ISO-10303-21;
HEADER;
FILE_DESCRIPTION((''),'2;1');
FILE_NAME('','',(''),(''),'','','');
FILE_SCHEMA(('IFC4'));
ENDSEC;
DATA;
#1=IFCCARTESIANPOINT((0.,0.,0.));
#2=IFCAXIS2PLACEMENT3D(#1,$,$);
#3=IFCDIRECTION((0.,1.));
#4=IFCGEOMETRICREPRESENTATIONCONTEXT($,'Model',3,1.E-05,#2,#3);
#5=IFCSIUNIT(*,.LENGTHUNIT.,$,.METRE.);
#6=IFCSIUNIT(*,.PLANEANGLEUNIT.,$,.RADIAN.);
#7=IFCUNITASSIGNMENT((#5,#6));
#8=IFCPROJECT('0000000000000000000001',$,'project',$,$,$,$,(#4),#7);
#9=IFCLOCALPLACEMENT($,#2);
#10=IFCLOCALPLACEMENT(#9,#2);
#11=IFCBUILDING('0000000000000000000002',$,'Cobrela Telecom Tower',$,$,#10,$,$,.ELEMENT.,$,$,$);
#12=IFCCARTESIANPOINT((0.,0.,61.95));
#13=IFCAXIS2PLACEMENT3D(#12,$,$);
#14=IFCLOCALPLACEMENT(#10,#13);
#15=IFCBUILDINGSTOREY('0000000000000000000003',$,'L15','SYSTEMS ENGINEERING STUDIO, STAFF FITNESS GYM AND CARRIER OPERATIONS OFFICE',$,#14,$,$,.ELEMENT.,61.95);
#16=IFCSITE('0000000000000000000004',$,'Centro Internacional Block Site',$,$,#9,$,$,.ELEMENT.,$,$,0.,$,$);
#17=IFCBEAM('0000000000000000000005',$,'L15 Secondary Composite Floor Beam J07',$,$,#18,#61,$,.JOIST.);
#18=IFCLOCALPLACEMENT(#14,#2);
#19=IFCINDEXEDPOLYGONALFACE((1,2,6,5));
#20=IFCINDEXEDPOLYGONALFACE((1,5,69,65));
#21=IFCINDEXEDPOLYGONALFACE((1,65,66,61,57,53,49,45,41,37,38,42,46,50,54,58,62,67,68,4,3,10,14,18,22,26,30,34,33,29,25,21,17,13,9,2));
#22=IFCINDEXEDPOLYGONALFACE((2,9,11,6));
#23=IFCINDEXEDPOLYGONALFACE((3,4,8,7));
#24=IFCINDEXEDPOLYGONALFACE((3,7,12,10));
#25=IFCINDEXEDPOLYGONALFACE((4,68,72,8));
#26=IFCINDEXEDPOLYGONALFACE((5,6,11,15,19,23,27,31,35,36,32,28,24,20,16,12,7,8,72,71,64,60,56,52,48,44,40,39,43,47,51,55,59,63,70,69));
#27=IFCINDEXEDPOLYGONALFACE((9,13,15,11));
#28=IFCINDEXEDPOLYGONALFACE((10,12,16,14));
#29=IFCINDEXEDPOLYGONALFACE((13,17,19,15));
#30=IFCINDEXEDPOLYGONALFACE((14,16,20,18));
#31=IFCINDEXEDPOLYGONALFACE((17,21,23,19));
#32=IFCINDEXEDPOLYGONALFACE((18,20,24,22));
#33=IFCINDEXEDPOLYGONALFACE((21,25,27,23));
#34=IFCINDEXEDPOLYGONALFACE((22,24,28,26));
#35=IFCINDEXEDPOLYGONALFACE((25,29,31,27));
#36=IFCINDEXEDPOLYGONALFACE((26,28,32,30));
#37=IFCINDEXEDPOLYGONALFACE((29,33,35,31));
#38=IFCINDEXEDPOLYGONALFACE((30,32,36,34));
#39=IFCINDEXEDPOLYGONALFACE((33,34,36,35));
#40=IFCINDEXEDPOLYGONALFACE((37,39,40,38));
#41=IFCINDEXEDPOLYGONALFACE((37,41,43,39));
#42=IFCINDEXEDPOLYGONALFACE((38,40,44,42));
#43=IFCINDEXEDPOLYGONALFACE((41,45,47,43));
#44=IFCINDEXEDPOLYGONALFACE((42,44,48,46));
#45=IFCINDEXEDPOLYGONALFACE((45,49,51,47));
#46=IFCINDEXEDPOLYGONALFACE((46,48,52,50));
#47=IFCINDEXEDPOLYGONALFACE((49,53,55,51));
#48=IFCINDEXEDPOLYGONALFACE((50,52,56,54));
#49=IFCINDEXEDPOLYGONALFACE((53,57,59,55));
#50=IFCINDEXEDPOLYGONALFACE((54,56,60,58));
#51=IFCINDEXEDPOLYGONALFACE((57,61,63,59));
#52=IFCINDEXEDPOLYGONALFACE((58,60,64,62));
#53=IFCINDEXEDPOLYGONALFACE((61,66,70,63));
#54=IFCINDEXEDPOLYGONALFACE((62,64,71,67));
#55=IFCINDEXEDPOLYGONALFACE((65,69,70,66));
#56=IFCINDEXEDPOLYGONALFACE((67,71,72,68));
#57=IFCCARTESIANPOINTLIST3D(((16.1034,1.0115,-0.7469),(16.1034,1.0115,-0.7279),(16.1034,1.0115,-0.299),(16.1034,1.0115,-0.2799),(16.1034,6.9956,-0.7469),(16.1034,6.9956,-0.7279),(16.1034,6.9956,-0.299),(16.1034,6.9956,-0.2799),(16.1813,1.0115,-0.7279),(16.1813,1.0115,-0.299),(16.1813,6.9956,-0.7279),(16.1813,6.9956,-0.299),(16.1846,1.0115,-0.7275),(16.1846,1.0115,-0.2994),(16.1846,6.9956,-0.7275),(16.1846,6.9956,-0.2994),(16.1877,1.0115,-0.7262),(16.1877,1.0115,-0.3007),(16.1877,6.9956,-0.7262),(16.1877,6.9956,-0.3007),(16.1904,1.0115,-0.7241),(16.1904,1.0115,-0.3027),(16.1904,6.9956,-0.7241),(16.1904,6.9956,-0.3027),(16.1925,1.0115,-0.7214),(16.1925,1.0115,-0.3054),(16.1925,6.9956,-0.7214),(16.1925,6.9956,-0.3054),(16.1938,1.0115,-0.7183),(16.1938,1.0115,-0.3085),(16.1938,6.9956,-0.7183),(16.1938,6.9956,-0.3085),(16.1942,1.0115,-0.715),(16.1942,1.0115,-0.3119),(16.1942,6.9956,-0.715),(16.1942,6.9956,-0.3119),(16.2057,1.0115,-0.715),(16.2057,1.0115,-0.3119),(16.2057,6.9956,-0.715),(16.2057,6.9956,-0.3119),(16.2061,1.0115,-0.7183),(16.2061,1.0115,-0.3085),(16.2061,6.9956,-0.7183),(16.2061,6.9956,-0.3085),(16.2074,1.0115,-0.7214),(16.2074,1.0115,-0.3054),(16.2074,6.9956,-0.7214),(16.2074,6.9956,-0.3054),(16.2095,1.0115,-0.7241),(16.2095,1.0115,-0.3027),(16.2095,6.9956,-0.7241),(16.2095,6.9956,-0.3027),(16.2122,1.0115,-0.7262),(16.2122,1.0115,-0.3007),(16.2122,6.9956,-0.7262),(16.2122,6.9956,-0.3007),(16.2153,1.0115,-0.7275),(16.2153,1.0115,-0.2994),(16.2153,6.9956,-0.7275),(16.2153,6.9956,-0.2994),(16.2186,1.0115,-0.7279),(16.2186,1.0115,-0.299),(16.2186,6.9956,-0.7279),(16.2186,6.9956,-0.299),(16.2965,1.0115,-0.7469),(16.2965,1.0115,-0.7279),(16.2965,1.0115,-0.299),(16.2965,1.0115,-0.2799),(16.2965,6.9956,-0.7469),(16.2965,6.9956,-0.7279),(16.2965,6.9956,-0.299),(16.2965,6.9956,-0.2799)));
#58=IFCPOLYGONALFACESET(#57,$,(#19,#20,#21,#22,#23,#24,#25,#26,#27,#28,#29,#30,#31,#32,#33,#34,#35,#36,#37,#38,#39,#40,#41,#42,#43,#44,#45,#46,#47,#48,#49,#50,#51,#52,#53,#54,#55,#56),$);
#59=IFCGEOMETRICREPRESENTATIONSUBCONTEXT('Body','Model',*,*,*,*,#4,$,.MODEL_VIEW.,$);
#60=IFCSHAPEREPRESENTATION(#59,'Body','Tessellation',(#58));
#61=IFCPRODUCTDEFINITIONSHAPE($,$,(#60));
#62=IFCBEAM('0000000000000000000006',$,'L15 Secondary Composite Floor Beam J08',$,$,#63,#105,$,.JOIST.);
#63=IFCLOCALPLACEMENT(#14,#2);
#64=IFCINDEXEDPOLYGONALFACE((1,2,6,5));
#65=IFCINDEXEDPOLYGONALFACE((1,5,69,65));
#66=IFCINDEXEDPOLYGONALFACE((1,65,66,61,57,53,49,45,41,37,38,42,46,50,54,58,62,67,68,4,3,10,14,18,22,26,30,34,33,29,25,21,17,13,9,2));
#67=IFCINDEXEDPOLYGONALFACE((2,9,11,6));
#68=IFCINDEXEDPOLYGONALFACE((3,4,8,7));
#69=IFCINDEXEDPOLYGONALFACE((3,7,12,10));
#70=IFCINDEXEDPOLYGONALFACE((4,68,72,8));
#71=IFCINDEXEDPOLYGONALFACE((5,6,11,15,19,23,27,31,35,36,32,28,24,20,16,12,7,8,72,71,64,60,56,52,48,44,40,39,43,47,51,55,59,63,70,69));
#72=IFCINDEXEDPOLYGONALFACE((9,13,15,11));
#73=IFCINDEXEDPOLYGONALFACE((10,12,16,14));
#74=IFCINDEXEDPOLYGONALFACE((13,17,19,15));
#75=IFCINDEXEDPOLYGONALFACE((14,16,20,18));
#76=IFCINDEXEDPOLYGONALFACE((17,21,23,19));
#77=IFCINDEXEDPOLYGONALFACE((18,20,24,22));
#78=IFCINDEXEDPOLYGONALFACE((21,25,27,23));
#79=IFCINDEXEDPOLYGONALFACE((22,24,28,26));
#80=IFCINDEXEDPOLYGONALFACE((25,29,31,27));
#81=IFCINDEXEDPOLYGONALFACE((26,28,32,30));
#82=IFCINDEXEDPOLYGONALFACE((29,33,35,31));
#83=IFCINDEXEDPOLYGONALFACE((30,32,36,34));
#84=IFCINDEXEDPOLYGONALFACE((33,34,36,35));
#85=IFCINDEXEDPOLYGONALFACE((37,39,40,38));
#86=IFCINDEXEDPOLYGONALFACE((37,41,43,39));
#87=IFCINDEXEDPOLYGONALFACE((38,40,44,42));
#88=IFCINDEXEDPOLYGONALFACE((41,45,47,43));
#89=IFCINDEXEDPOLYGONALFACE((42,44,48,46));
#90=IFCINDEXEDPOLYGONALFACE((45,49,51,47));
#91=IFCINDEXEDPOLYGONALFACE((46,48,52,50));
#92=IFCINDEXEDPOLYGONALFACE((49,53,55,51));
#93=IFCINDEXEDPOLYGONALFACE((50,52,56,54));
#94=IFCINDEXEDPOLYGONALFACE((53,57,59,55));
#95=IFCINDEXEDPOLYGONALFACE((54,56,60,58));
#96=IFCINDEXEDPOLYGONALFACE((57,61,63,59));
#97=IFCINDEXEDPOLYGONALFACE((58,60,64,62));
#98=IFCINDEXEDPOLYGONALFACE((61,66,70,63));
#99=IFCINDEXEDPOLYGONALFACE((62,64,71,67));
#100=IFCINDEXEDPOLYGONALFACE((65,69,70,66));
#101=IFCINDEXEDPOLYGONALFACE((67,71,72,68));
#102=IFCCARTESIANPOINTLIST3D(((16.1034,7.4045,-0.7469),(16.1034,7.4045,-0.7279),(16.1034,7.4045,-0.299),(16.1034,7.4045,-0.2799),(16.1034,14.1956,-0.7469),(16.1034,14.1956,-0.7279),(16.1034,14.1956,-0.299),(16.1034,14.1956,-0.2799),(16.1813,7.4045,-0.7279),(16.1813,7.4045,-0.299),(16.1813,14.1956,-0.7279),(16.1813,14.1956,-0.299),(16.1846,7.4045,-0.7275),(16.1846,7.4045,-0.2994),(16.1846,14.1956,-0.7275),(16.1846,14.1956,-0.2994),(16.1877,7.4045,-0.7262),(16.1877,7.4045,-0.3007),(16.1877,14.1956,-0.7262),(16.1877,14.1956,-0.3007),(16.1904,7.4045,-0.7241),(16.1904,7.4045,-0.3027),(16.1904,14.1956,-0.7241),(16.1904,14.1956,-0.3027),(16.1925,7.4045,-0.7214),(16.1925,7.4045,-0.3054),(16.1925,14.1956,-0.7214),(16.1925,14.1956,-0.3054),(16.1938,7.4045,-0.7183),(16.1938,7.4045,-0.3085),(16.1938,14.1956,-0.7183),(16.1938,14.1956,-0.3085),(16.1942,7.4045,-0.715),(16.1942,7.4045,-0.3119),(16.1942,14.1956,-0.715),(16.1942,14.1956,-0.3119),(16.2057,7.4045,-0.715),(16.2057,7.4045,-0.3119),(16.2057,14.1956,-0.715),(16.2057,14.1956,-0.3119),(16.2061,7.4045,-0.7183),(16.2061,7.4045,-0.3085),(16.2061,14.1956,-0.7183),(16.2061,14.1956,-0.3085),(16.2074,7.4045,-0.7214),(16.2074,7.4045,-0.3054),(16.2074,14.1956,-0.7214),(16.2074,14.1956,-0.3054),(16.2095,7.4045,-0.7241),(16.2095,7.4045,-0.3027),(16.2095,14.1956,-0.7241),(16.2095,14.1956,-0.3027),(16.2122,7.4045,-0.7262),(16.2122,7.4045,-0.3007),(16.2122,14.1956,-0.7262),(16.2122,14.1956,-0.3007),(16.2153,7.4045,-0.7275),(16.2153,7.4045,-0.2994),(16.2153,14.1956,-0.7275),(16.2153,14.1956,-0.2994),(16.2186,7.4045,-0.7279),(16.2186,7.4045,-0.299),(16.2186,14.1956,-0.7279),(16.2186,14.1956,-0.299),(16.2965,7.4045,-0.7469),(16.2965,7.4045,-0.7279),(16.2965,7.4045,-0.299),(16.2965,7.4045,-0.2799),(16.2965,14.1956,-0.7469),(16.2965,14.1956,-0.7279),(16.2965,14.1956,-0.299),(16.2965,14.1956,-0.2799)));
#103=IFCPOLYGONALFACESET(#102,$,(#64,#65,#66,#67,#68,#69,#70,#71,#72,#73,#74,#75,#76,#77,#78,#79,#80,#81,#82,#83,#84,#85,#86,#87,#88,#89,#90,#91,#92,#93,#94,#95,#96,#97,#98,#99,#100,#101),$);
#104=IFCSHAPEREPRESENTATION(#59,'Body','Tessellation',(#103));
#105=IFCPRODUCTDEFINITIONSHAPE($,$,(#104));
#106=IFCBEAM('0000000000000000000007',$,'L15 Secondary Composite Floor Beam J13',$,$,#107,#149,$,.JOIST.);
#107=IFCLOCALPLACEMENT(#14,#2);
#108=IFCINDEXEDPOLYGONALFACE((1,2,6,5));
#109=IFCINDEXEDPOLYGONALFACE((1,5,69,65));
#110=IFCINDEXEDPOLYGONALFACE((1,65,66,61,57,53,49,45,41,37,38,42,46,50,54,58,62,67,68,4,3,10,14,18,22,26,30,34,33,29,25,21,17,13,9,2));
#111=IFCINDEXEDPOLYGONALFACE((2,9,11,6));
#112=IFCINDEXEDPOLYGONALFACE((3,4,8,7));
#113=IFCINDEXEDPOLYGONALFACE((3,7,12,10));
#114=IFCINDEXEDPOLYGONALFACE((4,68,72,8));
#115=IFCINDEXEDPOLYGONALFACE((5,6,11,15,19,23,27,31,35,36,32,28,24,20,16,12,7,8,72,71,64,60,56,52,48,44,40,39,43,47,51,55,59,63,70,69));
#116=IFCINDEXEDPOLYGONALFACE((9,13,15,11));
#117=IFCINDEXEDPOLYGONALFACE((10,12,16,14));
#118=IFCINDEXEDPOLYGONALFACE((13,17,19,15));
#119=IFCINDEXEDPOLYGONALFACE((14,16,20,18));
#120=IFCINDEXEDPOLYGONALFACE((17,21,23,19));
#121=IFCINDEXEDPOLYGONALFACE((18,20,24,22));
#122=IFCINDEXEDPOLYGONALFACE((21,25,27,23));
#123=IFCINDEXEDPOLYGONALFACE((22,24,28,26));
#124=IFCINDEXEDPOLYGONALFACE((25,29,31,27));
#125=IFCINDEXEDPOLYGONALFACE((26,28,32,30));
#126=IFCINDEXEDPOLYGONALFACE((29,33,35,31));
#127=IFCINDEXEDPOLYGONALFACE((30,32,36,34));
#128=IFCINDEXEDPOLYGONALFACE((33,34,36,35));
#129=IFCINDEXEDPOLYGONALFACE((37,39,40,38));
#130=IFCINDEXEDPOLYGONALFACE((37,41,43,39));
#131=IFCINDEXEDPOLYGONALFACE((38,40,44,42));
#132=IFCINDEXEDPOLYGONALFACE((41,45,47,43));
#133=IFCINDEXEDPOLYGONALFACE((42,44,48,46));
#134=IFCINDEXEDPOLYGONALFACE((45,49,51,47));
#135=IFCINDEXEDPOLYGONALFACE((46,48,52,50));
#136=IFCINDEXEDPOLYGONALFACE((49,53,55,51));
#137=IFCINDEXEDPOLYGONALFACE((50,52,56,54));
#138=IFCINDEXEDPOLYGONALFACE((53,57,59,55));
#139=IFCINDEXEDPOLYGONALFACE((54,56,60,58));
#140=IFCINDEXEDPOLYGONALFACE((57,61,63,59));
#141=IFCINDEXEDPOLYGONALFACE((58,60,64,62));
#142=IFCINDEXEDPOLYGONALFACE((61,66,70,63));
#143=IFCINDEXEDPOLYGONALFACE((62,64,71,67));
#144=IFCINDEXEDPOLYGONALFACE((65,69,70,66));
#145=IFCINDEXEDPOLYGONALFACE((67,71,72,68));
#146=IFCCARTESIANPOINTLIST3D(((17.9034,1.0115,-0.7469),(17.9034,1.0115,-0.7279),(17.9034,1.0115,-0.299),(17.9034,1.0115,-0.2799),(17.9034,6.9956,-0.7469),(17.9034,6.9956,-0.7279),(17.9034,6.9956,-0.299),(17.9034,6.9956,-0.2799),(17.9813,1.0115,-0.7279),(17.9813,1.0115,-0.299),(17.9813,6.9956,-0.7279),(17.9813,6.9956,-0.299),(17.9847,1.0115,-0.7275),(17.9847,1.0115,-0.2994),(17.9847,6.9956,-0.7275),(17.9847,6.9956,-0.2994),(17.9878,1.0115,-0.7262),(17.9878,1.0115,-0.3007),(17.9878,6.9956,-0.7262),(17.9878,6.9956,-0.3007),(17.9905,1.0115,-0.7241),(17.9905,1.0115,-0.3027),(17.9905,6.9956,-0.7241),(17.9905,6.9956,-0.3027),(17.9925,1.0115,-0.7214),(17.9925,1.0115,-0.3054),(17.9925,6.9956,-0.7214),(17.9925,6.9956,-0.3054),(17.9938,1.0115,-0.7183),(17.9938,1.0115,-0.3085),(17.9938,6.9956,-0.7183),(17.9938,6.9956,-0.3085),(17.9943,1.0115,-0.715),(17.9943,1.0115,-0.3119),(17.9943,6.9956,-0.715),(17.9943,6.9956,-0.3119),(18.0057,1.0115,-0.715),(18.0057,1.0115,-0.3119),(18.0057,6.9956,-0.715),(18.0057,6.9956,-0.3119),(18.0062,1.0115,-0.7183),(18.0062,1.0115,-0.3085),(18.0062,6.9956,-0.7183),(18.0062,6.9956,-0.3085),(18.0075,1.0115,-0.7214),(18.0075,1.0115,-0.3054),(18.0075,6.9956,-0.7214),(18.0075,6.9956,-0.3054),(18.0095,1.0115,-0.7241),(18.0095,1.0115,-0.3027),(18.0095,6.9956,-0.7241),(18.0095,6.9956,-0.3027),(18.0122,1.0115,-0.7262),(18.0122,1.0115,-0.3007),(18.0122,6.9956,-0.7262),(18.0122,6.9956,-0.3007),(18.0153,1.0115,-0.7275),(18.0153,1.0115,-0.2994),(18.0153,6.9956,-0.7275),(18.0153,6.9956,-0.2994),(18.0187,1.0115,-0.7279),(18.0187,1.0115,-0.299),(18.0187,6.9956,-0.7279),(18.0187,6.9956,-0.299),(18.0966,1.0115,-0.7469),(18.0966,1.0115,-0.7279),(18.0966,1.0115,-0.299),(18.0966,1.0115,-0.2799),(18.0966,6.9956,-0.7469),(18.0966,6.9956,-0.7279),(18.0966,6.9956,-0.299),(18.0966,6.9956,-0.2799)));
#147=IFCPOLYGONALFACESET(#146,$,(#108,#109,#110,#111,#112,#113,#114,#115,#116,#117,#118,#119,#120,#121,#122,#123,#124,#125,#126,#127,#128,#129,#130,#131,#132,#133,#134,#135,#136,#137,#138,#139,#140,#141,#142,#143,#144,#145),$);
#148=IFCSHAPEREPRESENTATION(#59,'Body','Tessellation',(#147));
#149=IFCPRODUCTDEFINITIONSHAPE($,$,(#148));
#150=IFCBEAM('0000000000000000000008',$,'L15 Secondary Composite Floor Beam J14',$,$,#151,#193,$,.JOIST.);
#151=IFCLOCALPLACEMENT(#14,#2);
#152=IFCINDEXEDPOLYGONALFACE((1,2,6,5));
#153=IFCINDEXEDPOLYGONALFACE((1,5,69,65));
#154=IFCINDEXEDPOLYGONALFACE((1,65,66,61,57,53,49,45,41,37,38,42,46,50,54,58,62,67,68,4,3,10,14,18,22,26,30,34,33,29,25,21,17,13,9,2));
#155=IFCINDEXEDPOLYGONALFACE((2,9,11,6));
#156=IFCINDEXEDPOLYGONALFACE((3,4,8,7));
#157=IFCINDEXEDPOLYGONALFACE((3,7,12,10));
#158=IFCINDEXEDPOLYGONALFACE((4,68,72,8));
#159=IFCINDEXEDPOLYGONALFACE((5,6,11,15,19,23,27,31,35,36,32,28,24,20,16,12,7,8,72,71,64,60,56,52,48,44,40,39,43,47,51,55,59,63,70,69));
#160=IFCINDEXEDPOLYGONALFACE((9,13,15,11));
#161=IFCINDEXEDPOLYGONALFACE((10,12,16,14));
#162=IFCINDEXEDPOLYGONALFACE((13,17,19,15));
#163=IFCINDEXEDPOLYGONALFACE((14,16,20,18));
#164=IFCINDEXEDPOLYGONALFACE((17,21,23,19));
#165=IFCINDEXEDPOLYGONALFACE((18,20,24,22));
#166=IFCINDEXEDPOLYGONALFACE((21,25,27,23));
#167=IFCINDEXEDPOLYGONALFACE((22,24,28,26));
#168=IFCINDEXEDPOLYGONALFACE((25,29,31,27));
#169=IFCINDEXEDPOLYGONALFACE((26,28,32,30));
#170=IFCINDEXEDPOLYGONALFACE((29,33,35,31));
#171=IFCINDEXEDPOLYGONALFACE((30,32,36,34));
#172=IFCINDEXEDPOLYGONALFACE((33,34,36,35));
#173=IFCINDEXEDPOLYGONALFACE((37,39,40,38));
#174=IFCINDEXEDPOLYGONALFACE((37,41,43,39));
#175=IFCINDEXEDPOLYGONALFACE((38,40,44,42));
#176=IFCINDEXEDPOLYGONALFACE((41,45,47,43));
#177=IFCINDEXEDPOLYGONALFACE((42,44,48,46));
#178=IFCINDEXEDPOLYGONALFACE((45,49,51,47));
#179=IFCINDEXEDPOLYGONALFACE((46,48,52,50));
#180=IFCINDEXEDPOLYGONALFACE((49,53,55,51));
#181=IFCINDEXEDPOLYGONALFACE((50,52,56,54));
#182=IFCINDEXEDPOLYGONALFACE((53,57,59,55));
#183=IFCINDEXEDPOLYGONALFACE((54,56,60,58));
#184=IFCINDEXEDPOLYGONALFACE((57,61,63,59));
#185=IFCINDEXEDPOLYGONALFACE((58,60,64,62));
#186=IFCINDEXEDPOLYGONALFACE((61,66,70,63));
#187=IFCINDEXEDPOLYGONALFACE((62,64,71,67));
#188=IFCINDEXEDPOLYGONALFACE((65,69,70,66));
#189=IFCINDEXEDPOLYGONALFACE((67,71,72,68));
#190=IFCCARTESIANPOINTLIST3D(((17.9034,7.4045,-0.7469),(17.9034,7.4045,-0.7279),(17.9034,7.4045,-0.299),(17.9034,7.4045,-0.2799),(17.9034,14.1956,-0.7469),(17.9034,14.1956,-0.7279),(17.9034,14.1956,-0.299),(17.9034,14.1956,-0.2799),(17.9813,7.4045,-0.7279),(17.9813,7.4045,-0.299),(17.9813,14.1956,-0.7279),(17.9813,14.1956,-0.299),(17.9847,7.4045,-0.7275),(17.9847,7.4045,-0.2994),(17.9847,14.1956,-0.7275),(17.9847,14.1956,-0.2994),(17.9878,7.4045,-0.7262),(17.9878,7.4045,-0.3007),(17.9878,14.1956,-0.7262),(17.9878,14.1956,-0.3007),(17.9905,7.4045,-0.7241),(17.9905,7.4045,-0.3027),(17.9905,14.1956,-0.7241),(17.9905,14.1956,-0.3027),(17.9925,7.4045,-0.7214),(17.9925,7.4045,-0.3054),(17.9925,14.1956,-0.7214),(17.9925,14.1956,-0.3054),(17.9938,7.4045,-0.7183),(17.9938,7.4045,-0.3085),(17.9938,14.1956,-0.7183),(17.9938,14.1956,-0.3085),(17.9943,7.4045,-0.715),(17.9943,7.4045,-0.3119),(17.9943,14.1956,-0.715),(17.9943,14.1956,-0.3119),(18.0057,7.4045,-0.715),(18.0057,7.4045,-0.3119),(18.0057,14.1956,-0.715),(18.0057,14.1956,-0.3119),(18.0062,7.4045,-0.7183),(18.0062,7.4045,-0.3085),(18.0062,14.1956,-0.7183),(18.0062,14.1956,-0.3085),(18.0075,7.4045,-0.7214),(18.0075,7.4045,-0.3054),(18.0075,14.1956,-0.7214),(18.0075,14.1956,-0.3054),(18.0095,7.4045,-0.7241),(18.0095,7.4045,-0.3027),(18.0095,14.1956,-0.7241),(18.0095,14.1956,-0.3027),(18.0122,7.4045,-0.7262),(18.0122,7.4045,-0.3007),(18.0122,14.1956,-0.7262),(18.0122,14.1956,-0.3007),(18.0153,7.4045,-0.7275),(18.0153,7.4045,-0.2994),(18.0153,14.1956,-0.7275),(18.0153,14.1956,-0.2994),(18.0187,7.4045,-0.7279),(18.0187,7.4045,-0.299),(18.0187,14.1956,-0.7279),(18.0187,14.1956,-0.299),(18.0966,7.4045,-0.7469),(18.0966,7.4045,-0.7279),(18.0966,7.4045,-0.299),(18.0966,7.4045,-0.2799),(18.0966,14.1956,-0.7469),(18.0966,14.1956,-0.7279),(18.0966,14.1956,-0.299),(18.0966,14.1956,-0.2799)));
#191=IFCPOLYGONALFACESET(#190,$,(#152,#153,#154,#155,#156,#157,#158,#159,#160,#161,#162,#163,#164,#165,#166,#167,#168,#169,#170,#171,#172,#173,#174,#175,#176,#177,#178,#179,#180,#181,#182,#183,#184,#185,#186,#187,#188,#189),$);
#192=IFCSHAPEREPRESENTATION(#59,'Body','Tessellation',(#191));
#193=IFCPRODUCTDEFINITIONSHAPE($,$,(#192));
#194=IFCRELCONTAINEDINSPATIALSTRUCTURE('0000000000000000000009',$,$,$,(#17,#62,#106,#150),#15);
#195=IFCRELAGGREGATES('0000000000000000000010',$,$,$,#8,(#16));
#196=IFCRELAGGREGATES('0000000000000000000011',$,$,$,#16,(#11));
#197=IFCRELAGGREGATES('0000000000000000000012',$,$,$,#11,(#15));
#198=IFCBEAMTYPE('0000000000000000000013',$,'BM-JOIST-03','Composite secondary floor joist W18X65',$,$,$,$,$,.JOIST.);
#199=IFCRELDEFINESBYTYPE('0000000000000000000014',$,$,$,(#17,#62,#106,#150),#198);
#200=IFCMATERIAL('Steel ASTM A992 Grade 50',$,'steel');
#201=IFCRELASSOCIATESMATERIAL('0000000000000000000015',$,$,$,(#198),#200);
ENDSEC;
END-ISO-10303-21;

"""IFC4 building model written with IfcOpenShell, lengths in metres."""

from ifc_helpers import new_model, si_unit, direction, frame, origin, origin_2d, place, context, subcontext, project, spatial, i_section, extrude, material, material_profile, profile_set, type_object, element, save


model = new_model("IFC4")

# Units and contexts
model_context = context("Model", 3, precision=1e-05, world=origin(), true_north=direction((0.0, 1.0)))
body_context = subcontext(model_context, "Body", "Model", "MODEL_VIEW")
ifc_project = project(units=[si_unit("LENGTHUNIT", "METRE"), si_unit("PLANEANGLEUNIT", "RADIAN")], contexts=[model_context])

# Site, building, storey
site_placement = place(None, origin())
site = spatial("IfcSite", under=ifc_project, at=site_placement, Name="Centro Internacional Block Site", CompositionType="ELEMENT", RefElevation=0.0)
building_placement = place(site_placement, origin())
building = spatial("IfcBuilding", under=site, at=building_placement, Name="Cobrela Telecom Tower", CompositionType="ELEMENT")
storey_placement = place(building_placement, frame((0.0, 0.0, 61.95)))
storey = spatial("IfcBuildingStorey", under=building, at=storey_placement, Name="L15", Description="SYSTEMS ENGINEERING STUDIO, STAFF FITNESS GYM AND CARRIER OPERATIONS OFFICE", CompositionType="ELEMENT", Elevation=61.95)

# Beams
ifc_material_1 = material(Name="Steel ASTM A992 Grade 50", Category="steel")
ifc_material_profile_1 = material_profile(ifc_material_1, i_section(OverallWidth=0.1931, OverallDepth=0.467, WebThickness=0.0115, FlangeThickness=0.019, FilletRadius=0.0129, at=origin_2d()), Name="W18X65")
ifc_profile_set_1 = profile_set([ifc_material_profile_1], Name="Steel ASTM A992 Grade 50")
beam_type_1 = type_object("IfcBeamType", Name="BM-JOIST-03", Description="Composite secondary floor joist W18X65", PredefinedType="JOIST", material=ifc_profile_set_1)
beam_1_placement = place(storey_placement, frame((16.2, 1.0115, -0.5134), z_axis=(0.0, 1.0, 0.0), x_axis=(-1.0, 0.0, 0.0)))
element("IfcBeam", 1, at=beam_1_placement, inside=storey, type_object=beam_type_1, Name="L15 Secondary Composite Floor Beam J07", PredefinedType="JOIST", context=body_context, shape_type="SweptSolid", body=[
    extrude(i_section(OverallWidth=0.1931, OverallDepth=0.467, WebThickness=0.0115, FlangeThickness=0.019, FilletRadius=0.0129, at=origin_2d()), origin(), (0.0, 0.0, 1.0), 5.9841),
])
beam_2_placement = place(storey_placement, frame((16.2, 7.4045, -0.5134), z_axis=(0.0, 1.0, 0.0), x_axis=(-1.0, 0.0, 0.0)))
element("IfcBeam", 2, at=beam_2_placement, inside=storey, type_object=beam_type_1, Name="L15 Secondary Composite Floor Beam J08", PredefinedType="JOIST", context=body_context, shape_type="SweptSolid", body=[
    extrude(i_section(OverallWidth=0.1931, OverallDepth=0.467, WebThickness=0.0115, FlangeThickness=0.019, FilletRadius=0.0129, at=origin_2d()), origin(), (0.0, 0.0, 1.0), 6.791),
])
beam_3_placement = place(storey_placement, frame((18.0, 1.0115, -0.5134), z_axis=(0.0, 1.0, 0.0), x_axis=(-1.0, 0.0, 0.0)))
element("IfcBeam", 3, at=beam_3_placement, inside=storey, type_object=beam_type_1, Name="L15 Secondary Composite Floor Beam J13", PredefinedType="JOIST", context=body_context, shape_type="SweptSolid", body=[
    extrude(i_section(OverallWidth=0.1931, OverallDepth=0.467, WebThickness=0.0115, FlangeThickness=0.019, FilletRadius=0.0129, at=origin_2d()), origin(), (0.0, 0.0, 1.0), 5.9841),
])
beam_4_placement = place(storey_placement, frame((18.0, 7.4045, -0.5134), z_axis=(0.0, 1.0, 0.0), x_axis=(-1.0, 0.0, 0.0)))
element("IfcBeam", 4, at=beam_4_placement, inside=storey, type_object=beam_type_1, Name="L15 Secondary Composite Floor Beam J14", PredefinedType="JOIST", context=body_context, shape_type="SweptSolid", body=[
    extrude(i_section(OverallWidth=0.1931, OverallDepth=0.467, WebThickness=0.0115, FlangeThickness=0.019, FilletRadius=0.0129, at=origin_2d()), origin(), (0.0, 0.0, 1.0), 6.791),
])

save(model, "model.ifc")
